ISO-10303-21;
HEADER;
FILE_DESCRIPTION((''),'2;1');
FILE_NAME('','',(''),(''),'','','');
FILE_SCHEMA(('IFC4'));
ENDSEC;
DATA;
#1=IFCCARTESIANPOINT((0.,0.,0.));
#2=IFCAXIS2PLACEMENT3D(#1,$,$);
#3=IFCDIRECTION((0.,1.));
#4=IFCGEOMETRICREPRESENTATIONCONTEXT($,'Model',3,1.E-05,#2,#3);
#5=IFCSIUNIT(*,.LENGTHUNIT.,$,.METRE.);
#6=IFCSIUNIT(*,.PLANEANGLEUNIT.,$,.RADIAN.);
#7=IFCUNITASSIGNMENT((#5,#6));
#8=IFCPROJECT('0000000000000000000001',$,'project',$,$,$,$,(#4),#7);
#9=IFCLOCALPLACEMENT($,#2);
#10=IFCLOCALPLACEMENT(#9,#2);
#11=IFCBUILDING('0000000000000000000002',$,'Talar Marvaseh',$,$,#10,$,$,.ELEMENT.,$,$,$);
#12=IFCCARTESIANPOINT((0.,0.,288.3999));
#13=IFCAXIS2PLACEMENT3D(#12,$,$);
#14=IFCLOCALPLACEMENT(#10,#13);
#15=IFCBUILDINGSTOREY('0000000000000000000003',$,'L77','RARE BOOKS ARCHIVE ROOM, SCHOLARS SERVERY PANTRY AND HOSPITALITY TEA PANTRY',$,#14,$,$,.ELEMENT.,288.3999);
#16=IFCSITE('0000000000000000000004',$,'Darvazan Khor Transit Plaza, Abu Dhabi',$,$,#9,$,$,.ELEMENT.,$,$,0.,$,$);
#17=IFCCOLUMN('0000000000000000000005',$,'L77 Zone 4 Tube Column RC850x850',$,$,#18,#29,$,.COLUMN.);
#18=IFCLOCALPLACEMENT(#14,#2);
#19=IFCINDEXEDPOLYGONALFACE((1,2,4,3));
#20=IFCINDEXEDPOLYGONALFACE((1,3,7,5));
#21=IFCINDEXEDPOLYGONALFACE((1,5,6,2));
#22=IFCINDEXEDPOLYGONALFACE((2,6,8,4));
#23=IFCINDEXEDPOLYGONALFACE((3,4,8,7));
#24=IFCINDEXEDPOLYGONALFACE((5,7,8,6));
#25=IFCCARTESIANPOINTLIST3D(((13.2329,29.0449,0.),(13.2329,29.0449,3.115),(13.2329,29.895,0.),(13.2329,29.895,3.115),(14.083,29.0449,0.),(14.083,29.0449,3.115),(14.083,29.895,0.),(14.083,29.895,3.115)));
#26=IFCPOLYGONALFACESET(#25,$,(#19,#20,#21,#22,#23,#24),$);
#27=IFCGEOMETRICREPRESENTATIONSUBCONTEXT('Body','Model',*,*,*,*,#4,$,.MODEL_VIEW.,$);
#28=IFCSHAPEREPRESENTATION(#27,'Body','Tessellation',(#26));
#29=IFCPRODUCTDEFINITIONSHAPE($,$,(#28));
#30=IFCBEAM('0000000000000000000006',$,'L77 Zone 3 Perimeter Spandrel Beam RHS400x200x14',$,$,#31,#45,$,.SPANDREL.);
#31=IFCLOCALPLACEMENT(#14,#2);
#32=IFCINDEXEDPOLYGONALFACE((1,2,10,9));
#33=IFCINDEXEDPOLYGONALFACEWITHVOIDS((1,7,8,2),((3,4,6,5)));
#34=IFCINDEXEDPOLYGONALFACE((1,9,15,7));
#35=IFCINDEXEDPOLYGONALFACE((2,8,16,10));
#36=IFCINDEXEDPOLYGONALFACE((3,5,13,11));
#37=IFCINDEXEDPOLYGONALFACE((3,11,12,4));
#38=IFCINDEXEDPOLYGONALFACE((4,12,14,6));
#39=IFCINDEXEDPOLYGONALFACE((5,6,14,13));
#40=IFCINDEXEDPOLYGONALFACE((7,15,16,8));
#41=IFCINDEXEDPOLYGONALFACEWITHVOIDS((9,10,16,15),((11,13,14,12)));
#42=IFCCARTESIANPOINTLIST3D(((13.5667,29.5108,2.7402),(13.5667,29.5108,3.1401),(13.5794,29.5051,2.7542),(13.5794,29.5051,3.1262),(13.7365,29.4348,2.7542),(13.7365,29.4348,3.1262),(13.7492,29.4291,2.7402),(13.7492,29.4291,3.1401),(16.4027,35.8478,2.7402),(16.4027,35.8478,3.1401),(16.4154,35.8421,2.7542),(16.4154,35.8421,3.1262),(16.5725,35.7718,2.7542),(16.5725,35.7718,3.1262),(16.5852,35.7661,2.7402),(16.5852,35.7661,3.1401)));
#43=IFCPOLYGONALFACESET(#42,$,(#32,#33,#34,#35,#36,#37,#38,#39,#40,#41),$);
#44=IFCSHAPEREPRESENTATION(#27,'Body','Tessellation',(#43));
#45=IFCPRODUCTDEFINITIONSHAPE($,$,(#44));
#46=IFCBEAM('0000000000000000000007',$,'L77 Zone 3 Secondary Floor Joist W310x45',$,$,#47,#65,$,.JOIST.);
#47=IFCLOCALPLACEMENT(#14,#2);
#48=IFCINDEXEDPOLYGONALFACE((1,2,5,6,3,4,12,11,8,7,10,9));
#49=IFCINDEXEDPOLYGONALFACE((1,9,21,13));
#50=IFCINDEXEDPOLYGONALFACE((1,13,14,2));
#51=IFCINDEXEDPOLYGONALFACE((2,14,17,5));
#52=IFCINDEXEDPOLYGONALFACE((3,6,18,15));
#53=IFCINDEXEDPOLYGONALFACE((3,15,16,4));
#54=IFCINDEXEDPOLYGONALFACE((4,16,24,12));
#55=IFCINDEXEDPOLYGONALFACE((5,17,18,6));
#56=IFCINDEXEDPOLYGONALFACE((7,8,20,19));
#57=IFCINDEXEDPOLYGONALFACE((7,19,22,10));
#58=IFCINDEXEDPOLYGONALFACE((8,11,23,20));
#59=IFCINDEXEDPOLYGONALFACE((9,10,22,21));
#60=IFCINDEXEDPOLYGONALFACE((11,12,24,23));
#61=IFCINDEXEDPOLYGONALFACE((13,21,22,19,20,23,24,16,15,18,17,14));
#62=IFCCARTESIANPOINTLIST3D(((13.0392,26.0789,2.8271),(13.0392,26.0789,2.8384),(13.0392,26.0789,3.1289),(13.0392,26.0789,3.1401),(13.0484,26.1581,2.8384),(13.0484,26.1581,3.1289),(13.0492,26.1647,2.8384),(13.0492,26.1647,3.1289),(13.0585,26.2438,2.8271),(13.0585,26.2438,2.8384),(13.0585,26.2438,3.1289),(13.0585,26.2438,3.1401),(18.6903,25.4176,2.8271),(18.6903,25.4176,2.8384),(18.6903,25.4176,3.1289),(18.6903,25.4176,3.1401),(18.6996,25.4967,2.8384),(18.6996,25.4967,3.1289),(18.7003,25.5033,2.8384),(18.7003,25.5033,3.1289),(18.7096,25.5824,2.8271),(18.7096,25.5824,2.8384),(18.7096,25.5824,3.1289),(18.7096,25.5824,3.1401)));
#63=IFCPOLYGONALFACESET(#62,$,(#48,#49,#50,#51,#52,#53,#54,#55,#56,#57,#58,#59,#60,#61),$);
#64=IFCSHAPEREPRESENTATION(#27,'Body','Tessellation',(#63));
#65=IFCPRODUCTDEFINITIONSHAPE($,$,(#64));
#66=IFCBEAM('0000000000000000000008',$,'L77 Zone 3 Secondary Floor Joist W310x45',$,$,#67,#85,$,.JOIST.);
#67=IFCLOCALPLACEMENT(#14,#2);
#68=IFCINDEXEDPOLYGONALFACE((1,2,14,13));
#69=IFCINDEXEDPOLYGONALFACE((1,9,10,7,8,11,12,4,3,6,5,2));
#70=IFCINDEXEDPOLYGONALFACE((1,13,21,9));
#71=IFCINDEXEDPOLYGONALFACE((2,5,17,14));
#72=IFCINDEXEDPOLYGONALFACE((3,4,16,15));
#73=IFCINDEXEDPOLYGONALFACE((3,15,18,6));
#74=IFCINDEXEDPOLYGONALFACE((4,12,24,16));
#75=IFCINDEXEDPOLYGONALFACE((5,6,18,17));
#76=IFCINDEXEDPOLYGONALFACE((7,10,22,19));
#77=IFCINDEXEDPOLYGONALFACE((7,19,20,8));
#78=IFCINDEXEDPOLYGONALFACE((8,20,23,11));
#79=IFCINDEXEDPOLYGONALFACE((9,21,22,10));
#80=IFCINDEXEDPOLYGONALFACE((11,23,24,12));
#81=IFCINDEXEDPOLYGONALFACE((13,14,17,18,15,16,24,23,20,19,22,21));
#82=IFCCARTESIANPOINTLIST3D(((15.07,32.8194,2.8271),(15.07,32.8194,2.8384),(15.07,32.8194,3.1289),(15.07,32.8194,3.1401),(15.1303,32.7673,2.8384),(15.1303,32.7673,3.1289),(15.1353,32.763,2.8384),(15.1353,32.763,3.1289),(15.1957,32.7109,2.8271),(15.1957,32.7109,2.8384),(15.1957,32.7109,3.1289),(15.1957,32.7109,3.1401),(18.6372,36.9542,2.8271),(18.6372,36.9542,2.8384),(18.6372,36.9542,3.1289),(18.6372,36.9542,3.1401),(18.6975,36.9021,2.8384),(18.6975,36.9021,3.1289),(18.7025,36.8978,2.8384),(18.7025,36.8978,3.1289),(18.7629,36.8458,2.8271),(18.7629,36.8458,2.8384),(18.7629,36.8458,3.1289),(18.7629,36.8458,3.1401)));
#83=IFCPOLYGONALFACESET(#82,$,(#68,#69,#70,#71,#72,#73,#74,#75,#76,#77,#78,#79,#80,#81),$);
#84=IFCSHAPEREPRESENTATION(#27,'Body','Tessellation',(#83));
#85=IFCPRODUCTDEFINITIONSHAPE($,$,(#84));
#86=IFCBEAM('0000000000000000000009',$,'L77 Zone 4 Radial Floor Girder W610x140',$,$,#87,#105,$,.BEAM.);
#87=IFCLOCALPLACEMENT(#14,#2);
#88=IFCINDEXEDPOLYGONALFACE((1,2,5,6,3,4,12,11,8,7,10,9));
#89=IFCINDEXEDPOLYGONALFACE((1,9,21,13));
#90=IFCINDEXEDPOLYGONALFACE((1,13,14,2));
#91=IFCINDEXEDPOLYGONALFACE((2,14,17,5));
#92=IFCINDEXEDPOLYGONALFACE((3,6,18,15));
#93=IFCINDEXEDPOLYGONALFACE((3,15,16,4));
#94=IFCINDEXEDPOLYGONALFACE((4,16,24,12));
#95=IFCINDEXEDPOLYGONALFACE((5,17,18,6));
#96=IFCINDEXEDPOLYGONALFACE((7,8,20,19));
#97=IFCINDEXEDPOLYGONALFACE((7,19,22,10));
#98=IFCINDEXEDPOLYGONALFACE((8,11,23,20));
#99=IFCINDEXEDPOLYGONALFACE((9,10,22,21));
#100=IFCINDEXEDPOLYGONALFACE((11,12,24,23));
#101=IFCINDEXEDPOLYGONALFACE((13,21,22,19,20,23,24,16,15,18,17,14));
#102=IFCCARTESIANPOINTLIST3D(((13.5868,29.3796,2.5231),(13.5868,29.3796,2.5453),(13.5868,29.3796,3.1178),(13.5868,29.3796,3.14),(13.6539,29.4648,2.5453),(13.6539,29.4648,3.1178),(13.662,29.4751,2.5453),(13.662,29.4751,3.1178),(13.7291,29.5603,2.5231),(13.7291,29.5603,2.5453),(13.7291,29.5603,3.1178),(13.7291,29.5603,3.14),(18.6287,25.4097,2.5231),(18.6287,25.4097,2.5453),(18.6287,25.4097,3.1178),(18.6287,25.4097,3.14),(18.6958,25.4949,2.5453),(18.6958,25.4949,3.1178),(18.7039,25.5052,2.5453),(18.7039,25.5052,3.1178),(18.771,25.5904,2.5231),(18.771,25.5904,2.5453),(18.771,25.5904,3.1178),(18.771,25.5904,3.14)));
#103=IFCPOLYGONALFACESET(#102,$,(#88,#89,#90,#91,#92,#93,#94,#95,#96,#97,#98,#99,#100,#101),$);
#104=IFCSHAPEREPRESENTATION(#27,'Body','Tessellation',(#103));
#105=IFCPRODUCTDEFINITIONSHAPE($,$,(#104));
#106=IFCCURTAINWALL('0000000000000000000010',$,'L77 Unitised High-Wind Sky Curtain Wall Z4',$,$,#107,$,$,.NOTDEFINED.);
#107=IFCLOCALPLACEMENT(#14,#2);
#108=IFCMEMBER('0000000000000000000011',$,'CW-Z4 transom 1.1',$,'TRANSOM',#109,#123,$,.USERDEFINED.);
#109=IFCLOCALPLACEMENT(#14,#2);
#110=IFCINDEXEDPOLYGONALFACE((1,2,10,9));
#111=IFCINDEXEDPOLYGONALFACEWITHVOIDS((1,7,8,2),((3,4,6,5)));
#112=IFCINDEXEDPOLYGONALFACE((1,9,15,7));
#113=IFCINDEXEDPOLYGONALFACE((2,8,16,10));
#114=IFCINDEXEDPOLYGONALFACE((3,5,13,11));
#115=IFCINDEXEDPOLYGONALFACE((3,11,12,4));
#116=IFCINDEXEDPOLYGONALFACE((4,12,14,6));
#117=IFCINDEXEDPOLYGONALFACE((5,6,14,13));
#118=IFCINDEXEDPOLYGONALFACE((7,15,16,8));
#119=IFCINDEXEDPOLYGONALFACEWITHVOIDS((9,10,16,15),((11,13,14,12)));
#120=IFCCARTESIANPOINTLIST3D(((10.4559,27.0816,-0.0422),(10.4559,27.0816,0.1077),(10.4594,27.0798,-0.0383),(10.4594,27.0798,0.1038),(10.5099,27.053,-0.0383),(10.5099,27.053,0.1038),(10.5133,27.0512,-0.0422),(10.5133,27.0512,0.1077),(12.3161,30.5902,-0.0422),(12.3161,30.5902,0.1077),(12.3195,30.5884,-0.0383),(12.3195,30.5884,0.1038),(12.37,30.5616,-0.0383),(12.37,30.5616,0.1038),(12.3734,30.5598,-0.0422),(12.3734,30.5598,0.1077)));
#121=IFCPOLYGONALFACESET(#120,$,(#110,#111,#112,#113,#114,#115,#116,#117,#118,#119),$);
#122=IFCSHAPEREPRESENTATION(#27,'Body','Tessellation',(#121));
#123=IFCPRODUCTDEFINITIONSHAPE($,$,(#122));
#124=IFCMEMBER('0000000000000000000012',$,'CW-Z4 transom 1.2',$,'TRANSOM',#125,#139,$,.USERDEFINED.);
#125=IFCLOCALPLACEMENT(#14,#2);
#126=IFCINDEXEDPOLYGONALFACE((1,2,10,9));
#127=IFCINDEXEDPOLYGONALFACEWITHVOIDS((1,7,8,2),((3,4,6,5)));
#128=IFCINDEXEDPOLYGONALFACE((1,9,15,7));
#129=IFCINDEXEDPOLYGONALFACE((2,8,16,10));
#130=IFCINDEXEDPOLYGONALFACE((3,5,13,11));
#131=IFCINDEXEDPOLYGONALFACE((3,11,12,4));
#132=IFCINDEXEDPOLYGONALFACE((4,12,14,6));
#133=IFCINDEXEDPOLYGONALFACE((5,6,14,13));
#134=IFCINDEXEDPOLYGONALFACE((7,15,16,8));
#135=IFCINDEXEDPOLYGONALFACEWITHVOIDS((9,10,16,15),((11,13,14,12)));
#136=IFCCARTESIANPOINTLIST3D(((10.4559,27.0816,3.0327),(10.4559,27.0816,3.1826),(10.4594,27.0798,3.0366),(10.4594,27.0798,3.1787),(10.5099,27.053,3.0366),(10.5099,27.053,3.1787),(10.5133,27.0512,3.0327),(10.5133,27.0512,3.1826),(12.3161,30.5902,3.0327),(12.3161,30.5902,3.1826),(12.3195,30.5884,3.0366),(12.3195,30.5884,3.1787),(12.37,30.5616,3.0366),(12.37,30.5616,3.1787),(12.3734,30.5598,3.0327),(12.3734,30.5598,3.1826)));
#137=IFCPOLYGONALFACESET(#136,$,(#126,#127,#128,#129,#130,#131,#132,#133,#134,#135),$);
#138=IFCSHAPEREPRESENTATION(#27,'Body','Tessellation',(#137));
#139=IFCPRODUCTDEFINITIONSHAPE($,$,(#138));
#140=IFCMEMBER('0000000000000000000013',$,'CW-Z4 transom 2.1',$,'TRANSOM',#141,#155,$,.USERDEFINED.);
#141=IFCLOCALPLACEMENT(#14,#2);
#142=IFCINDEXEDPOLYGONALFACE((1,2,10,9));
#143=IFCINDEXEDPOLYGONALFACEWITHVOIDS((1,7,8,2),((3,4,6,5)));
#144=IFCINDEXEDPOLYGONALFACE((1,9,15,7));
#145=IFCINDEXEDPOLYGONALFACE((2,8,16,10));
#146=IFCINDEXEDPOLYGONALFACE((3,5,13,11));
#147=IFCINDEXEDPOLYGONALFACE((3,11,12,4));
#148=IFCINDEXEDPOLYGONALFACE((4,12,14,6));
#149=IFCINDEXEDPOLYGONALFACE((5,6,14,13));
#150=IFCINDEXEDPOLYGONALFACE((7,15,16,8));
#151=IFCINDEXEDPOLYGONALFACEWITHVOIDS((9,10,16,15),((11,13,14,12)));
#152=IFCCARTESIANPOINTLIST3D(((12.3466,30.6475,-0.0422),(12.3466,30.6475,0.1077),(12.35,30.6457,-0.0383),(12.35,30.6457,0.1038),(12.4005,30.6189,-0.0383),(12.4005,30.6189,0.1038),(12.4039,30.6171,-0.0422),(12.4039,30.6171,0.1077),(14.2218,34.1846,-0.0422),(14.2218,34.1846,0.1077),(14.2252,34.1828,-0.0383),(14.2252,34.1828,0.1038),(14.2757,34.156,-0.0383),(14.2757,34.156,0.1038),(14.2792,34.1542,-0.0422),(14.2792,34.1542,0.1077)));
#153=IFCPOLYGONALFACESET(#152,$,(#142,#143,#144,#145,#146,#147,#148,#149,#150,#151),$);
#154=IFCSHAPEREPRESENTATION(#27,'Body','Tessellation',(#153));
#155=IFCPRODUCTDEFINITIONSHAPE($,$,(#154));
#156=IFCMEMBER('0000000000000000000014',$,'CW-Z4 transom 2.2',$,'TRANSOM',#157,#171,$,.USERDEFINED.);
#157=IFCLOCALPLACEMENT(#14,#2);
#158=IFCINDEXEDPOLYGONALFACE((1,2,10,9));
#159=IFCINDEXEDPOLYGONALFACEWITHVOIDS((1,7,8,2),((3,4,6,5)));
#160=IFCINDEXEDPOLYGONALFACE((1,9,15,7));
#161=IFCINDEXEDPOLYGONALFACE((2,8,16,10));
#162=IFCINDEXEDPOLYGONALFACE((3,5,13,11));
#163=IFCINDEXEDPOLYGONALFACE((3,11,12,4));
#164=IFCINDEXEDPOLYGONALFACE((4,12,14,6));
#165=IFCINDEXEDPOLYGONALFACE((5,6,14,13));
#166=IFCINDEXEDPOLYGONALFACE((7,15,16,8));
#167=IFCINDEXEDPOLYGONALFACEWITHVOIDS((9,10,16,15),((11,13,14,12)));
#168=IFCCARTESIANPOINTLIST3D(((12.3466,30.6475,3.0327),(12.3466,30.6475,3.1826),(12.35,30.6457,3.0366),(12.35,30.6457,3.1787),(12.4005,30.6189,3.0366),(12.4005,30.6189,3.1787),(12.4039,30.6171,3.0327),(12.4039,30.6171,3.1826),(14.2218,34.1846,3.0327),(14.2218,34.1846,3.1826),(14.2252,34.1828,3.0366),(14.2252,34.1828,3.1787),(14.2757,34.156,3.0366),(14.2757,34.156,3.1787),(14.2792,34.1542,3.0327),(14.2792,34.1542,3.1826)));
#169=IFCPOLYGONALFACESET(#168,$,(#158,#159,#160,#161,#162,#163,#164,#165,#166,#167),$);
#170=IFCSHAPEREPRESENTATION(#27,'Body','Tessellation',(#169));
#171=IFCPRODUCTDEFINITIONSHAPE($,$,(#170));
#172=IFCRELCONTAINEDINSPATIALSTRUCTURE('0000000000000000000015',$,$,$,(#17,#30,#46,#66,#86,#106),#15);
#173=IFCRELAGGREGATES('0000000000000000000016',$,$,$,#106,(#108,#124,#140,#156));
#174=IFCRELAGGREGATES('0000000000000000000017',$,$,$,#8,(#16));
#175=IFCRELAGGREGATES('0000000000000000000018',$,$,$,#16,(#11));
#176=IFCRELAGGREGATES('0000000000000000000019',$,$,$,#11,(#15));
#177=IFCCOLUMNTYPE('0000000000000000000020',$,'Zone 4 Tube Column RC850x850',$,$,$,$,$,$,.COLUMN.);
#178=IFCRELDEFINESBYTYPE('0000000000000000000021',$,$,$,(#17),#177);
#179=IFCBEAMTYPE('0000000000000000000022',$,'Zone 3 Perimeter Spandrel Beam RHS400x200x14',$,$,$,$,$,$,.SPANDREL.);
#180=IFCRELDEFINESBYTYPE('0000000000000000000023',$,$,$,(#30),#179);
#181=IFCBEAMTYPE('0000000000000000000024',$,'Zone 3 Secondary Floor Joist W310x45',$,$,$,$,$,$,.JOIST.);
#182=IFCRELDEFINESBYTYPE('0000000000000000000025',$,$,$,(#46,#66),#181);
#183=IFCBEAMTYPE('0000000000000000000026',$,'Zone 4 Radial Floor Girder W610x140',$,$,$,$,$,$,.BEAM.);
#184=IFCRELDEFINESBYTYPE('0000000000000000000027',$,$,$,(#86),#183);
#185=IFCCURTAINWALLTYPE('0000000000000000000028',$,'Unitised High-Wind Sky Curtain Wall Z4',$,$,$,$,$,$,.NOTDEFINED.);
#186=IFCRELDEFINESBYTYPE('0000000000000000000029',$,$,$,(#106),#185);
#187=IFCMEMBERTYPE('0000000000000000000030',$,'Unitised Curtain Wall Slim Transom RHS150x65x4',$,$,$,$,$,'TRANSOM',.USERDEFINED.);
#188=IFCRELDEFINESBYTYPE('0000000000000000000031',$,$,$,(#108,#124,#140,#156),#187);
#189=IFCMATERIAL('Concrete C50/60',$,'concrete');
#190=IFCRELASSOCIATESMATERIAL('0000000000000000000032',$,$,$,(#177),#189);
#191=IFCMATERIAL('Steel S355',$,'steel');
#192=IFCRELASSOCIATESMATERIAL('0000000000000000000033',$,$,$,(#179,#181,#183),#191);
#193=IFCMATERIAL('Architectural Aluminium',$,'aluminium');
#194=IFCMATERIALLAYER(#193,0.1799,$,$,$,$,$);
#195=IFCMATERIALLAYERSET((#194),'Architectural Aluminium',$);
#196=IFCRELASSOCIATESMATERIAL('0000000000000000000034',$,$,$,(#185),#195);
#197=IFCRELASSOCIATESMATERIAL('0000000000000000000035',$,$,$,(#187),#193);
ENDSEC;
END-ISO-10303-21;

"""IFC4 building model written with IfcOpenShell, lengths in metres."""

from ifc_helpers import new_model, si_unit, direction, frame, origin, origin_2d, place, context, subcontext, project, spatial, rectangle, hollow_rectangle, i_section, extrude, source, transform, mapped, material, layer, layer_set, material_profile, profile_set, type_object, type_shapes, element, aggregate, save


model = new_model("IFC4")

# Units and contexts
model_context = context("Model", 3, precision=1e-05, world=origin(), true_north=direction((0.0, 1.0)))
body_context = subcontext(model_context, "Body", "Model", "MODEL_VIEW")
ifc_project = project(units=[si_unit("LENGTHUNIT", "METRE"), si_unit("PLANEANGLEUNIT", "RADIAN")], contexts=[model_context])

# Site, building, storey
site_placement = place(None, origin())
site = spatial("IfcSite", under=ifc_project, at=site_placement, Name="Darvazan Khor Transit Plaza, Abu Dhabi", CompositionType="ELEMENT", RefElevation=0.0)
building_placement = place(site_placement, origin())
building = spatial("IfcBuilding", under=site, at=building_placement, Name="Talar Marvaseh", CompositionType="ELEMENT")
storey_placement = place(building_placement, frame((0.0, 0.0, 288.3999)))
storey = spatial("IfcBuildingStorey", under=building, at=storey_placement, Name="L77", Description="RARE BOOKS ARCHIVE ROOM, SCHOLARS SERVERY PANTRY AND HOSPITALITY TEA PANTRY", CompositionType="ELEMENT", Elevation=288.3999)

# Column
ifc_material_1 = material(Name="Concrete C50/60", Category="concrete")
ifc_material_profile_1 = material_profile(ifc_material_1, rectangle(XDim=0.8501, YDim=0.8501, at=origin_2d()), Name="RC850x850")
ifc_profile_set_1 = profile_set([ifc_material_profile_1], Name="Concrete C50/60")
column_type = type_object("IfcColumnType", Name="Zone 4 Tube Column RC850x850", PredefinedType="COLUMN", material=ifc_profile_set_1)
column_placement = place(storey_placement, frame((13.658, 29.47, 0.0), z_axis=(0.0, 0.0, 1.0), x_axis=(1.0, 0.0, 0.0)))
element("IfcColumn", 1, at=column_placement, inside=storey, type_object=column_type, Name="L77 Zone 4 Tube Column RC850x850", PredefinedType="COLUMN", context=body_context, shape_type="SweptSolid", body=[
    extrude(rectangle(XDim=0.8501, YDim=0.8501, at=origin_2d()), origin(), (0.0, 0.0, 1.0), 3.115),
])

# Beams
ifc_material_2 = material(Name="Steel S355", Category="steel")
ifc_material_profile_2 = material_profile(ifc_material_2, hollow_rectangle(XDim=0.2, YDim=0.3999, WallThickness=0.0139, at=origin_2d()), Name="RHS400x200x14")
ifc_profile_set_2 = profile_set([ifc_material_profile_2], Name="Steel S355")
beam_type_1 = type_object("IfcBeamType", Name="Zone 3 Perimeter Spandrel Beam RHS400x200x14", PredefinedType="SPANDREL", material=ifc_profile_set_2)
beam_1_placement = place(storey_placement, frame((13.658, 29.47, 2.9402), z_axis=(0.408486, 0.912764, 0.0), x_axis=(-0.912764, 0.408486, 0.0)))
element("IfcBeam", 2, at=beam_1_placement, inside=storey, type_object=beam_type_1, Name="L77 Zone 3 Perimeter Spandrel Beam RHS400x200x14", PredefinedType="SPANDREL", context=body_context, shape_type="SweptSolid", body=[
    extrude(hollow_rectangle(XDim=0.2, YDim=0.3999, WallThickness=0.0139, at=origin_2d()), origin(), (0.0, 0.0, 1.0), 6.9426),
])
ifc_material_profile_3 = material_profile(ifc_material_2, i_section(OverallWidth=0.166, OverallDepth=0.313, WebThickness=0.0066, FlangeThickness=0.0112, at=origin_2d()), Name="W310x45")
ifc_profile_set_3 = profile_set([ifc_material_profile_3], Name="Steel S355")
beam_type_2 = type_object("IfcBeamType", Name="Zone 3 Secondary Floor Joist W310x45", PredefinedType="JOIST", material=ifc_profile_set_3)
beam_2_placement = place(storey_placement, frame((13.0488, 26.1614, 2.9836), z_axis=(0.993221, -0.116241, 0.0), x_axis=(0.116241, 0.993221, 0.0)))
element("IfcBeam", 3, at=beam_2_placement, inside=storey, type_object=beam_type_2, Name="L77 Zone 3 Secondary Floor Joist W310x45", PredefinedType="JOIST", context=body_context, shape_type="SweptSolid", body=[
    extrude(i_section(OverallWidth=0.166, OverallDepth=0.313, WebThickness=0.0066, FlangeThickness=0.0112, at=origin_2d()), origin(), (0.0, 0.0, 1.0), 5.6897),
])
beam_3_placement = place(storey_placement, frame((15.1328, 32.7651, 2.9836), z_axis=(0.653222, 0.757167, 0.0), x_axis=(-0.757167, 0.653222, 0.0)))
element("IfcBeam", 4, at=beam_3_placement, inside=storey, type_object=beam_type_2, Name="L77 Zone 3 Secondary Floor Joist W310x45", PredefinedType="JOIST", context=body_context, shape_type="SweptSolid", body=[
    extrude(i_section(OverallWidth=0.166, OverallDepth=0.313, WebThickness=0.0066, FlangeThickness=0.0112, at=origin_2d()), origin(), (0.0, 0.0, 1.0), 5.4609),
])
ifc_material_profile_4 = material_profile(ifc_material_2, i_section(OverallWidth=0.23, OverallDepth=0.6169, WebThickness=0.0132, FlangeThickness=0.0222, at=origin_2d()), Name="W610x140")
ifc_profile_set_4 = profile_set([ifc_material_profile_4], Name="Steel S355")
beam_type_3 = type_object("IfcBeamType", Name="Zone 4 Radial Floor Girder W610x140", PredefinedType="BEAM", material=ifc_profile_set_4)
beam_4_placement = place(storey_placement, frame((13.658, 29.47, 2.8315), z_axis=(0.785682, -0.618631, 0.0), x_axis=(0.618631, 0.785682, 0.0)))
element("IfcBeam", 5, at=beam_4_placement, inside=storey, type_object=beam_type_3, Name="L77 Zone 4 Radial Floor Girder W610x140", PredefinedType="BEAM", context=body_context, shape_type="SweptSolid", body=[
    extrude(i_section(OverallWidth=0.23, OverallDepth=0.6169, WebThickness=0.0132, FlangeThickness=0.0222, at=origin_2d()), origin(), (0.0, 0.0, 1.0), 6.4172),
])

# Curtain wall, members
ifc_material_3 = material(Name="Architectural Aluminium", Category="aluminium")
ifc_layer_1 = layer(ifc_material_3, 0.1799)
ifc_layer_set_1 = layer_set([ifc_layer_1], Name="Architectural Aluminium")
curtain_wall_type = type_object("IfcCurtainWallType", Name="Unitised High-Wind Sky Curtain Wall Z4", PredefinedType="NOTDEFINED", material=ifc_layer_set_1)
curtain_wall_placement = place(storey_placement, origin())
curtain_wall = element("IfcCurtainWall", 6, at=curtain_wall_placement, inside=storey, type_object=curtain_wall_type, Name="L77 Unitised High-Wind Sky Curtain Wall Z4", PredefinedType="NOTDEFINED")
ifc_material_profile_5 = material_profile(ifc_material_3, hollow_rectangle(XDim=0.0649, YDim=0.1499, WallThickness=0.0039, at=origin_2d()), Name="RHS150x65x4")
ifc_profile_set_5 = profile_set([ifc_material_profile_5], Name="Architectural Aluminium")
member_type_1 = type_object("IfcMemberType", Name="Unitised Curtain Wall Slim Transom RHS150x65x4", ElementType="TRANSOM", PredefinedType="USERDEFINED", material=ifc_profile_set_5)
shared_shape_1 = source(origin(), body_context, "Body", "SweptSolid", [
    extrude(hollow_rectangle(XDim=0.0649, YDim=0.1499, WallThickness=0.0039, at=origin_2d()), origin(), (0.0, 0.0, 1.0), 3.9712),
])
member_1_placement = place(storey_placement, frame((10.4846, 27.0664, 0.0327), z_axis=(0.468407, 0.883513, 0.0), x_axis=(-0.883513, 0.468407, 0.0)))
member_1 = element("IfcMember", 7, at=member_1_placement, type_object=member_type_1, Name="CW-Z4 transom 1.1", ObjectType="TRANSOM", PredefinedType="USERDEFINED", context=body_context, shape_type="MappedRepresentation", body=[
    mapped(shared_shape_1, transform((0.0, 0.0, 0.0), x_axis=(1.0, 0.0, 0.0), y_axis=(0.0, 1.0, 0.0), z_axis=(0.0, 0.0, 1.0), scale=1.0)),
])
member_2_placement = place(storey_placement, frame((10.4846, 27.0664, 3.1077), z_axis=(0.468407, 0.883513, 0.0), x_axis=(-0.883513, 0.468407, 0.0)))
member_2 = element("IfcMember", 8, at=member_2_placement, type_object=member_type_1, Name="CW-Z4 transom 1.2", ObjectType="TRANSOM", PredefinedType="USERDEFINED", context=body_context, shape_type="MappedRepresentation", body=[
    mapped(shared_shape_1, transform((0.0, 0.0, 0.0), x_axis=(1.0, 0.0, 0.0), y_axis=(0.0, 1.0, 0.0), z_axis=(0.0, 0.0, 1.0), scale=1.0)),
])
shared_shape_2 = source(origin(), body_context, "Body", "SweptSolid", [
    extrude(hollow_rectangle(XDim=0.0649, YDim=0.1499, WallThickness=0.0039, at=origin_2d()), origin(), (0.0, 0.0, 1.0), 4.0034),
])
type_shapes(member_type_1, [shared_shape_1, shared_shape_2])
member_3_placement = place(storey_placement, frame((12.3752, 30.6323, 0.0327), z_axis=(0.468406, 0.883513, 0.0), x_axis=(-0.883513, 0.468406, 0.0)))
member_3 = element("IfcMember", 9, at=member_3_placement, type_object=member_type_1, Name="CW-Z4 transom 2.1", ObjectType="TRANSOM", PredefinedType="USERDEFINED", context=body_context, shape_type="MappedRepresentation", body=[
    mapped(shared_shape_2, transform((0.0, 0.0, 0.0), x_axis=(1.0, 0.0, 0.0), y_axis=(0.0, 1.0, 0.0), z_axis=(0.0, 0.0, 1.0), scale=1.0)),
])
member_4_placement = place(storey_placement, frame((12.3752, 30.6323, 3.1077), z_axis=(0.468406, 0.883513, 0.0), x_axis=(-0.883513, 0.468406, 0.0)))
member_4 = element("IfcMember", 10, at=member_4_placement, type_object=member_type_1, Name="CW-Z4 transom 2.2", ObjectType="TRANSOM", PredefinedType="USERDEFINED", context=body_context, shape_type="MappedRepresentation", body=[
    mapped(shared_shape_2, transform((0.0, 0.0, 0.0), x_axis=(1.0, 0.0, 0.0), y_axis=(0.0, 1.0, 0.0), z_axis=(0.0, 0.0, 1.0), scale=1.0)),
])
aggregate(curtain_wall, [member_1, member_2, member_3, member_4])

save(model, "model.ifc")
